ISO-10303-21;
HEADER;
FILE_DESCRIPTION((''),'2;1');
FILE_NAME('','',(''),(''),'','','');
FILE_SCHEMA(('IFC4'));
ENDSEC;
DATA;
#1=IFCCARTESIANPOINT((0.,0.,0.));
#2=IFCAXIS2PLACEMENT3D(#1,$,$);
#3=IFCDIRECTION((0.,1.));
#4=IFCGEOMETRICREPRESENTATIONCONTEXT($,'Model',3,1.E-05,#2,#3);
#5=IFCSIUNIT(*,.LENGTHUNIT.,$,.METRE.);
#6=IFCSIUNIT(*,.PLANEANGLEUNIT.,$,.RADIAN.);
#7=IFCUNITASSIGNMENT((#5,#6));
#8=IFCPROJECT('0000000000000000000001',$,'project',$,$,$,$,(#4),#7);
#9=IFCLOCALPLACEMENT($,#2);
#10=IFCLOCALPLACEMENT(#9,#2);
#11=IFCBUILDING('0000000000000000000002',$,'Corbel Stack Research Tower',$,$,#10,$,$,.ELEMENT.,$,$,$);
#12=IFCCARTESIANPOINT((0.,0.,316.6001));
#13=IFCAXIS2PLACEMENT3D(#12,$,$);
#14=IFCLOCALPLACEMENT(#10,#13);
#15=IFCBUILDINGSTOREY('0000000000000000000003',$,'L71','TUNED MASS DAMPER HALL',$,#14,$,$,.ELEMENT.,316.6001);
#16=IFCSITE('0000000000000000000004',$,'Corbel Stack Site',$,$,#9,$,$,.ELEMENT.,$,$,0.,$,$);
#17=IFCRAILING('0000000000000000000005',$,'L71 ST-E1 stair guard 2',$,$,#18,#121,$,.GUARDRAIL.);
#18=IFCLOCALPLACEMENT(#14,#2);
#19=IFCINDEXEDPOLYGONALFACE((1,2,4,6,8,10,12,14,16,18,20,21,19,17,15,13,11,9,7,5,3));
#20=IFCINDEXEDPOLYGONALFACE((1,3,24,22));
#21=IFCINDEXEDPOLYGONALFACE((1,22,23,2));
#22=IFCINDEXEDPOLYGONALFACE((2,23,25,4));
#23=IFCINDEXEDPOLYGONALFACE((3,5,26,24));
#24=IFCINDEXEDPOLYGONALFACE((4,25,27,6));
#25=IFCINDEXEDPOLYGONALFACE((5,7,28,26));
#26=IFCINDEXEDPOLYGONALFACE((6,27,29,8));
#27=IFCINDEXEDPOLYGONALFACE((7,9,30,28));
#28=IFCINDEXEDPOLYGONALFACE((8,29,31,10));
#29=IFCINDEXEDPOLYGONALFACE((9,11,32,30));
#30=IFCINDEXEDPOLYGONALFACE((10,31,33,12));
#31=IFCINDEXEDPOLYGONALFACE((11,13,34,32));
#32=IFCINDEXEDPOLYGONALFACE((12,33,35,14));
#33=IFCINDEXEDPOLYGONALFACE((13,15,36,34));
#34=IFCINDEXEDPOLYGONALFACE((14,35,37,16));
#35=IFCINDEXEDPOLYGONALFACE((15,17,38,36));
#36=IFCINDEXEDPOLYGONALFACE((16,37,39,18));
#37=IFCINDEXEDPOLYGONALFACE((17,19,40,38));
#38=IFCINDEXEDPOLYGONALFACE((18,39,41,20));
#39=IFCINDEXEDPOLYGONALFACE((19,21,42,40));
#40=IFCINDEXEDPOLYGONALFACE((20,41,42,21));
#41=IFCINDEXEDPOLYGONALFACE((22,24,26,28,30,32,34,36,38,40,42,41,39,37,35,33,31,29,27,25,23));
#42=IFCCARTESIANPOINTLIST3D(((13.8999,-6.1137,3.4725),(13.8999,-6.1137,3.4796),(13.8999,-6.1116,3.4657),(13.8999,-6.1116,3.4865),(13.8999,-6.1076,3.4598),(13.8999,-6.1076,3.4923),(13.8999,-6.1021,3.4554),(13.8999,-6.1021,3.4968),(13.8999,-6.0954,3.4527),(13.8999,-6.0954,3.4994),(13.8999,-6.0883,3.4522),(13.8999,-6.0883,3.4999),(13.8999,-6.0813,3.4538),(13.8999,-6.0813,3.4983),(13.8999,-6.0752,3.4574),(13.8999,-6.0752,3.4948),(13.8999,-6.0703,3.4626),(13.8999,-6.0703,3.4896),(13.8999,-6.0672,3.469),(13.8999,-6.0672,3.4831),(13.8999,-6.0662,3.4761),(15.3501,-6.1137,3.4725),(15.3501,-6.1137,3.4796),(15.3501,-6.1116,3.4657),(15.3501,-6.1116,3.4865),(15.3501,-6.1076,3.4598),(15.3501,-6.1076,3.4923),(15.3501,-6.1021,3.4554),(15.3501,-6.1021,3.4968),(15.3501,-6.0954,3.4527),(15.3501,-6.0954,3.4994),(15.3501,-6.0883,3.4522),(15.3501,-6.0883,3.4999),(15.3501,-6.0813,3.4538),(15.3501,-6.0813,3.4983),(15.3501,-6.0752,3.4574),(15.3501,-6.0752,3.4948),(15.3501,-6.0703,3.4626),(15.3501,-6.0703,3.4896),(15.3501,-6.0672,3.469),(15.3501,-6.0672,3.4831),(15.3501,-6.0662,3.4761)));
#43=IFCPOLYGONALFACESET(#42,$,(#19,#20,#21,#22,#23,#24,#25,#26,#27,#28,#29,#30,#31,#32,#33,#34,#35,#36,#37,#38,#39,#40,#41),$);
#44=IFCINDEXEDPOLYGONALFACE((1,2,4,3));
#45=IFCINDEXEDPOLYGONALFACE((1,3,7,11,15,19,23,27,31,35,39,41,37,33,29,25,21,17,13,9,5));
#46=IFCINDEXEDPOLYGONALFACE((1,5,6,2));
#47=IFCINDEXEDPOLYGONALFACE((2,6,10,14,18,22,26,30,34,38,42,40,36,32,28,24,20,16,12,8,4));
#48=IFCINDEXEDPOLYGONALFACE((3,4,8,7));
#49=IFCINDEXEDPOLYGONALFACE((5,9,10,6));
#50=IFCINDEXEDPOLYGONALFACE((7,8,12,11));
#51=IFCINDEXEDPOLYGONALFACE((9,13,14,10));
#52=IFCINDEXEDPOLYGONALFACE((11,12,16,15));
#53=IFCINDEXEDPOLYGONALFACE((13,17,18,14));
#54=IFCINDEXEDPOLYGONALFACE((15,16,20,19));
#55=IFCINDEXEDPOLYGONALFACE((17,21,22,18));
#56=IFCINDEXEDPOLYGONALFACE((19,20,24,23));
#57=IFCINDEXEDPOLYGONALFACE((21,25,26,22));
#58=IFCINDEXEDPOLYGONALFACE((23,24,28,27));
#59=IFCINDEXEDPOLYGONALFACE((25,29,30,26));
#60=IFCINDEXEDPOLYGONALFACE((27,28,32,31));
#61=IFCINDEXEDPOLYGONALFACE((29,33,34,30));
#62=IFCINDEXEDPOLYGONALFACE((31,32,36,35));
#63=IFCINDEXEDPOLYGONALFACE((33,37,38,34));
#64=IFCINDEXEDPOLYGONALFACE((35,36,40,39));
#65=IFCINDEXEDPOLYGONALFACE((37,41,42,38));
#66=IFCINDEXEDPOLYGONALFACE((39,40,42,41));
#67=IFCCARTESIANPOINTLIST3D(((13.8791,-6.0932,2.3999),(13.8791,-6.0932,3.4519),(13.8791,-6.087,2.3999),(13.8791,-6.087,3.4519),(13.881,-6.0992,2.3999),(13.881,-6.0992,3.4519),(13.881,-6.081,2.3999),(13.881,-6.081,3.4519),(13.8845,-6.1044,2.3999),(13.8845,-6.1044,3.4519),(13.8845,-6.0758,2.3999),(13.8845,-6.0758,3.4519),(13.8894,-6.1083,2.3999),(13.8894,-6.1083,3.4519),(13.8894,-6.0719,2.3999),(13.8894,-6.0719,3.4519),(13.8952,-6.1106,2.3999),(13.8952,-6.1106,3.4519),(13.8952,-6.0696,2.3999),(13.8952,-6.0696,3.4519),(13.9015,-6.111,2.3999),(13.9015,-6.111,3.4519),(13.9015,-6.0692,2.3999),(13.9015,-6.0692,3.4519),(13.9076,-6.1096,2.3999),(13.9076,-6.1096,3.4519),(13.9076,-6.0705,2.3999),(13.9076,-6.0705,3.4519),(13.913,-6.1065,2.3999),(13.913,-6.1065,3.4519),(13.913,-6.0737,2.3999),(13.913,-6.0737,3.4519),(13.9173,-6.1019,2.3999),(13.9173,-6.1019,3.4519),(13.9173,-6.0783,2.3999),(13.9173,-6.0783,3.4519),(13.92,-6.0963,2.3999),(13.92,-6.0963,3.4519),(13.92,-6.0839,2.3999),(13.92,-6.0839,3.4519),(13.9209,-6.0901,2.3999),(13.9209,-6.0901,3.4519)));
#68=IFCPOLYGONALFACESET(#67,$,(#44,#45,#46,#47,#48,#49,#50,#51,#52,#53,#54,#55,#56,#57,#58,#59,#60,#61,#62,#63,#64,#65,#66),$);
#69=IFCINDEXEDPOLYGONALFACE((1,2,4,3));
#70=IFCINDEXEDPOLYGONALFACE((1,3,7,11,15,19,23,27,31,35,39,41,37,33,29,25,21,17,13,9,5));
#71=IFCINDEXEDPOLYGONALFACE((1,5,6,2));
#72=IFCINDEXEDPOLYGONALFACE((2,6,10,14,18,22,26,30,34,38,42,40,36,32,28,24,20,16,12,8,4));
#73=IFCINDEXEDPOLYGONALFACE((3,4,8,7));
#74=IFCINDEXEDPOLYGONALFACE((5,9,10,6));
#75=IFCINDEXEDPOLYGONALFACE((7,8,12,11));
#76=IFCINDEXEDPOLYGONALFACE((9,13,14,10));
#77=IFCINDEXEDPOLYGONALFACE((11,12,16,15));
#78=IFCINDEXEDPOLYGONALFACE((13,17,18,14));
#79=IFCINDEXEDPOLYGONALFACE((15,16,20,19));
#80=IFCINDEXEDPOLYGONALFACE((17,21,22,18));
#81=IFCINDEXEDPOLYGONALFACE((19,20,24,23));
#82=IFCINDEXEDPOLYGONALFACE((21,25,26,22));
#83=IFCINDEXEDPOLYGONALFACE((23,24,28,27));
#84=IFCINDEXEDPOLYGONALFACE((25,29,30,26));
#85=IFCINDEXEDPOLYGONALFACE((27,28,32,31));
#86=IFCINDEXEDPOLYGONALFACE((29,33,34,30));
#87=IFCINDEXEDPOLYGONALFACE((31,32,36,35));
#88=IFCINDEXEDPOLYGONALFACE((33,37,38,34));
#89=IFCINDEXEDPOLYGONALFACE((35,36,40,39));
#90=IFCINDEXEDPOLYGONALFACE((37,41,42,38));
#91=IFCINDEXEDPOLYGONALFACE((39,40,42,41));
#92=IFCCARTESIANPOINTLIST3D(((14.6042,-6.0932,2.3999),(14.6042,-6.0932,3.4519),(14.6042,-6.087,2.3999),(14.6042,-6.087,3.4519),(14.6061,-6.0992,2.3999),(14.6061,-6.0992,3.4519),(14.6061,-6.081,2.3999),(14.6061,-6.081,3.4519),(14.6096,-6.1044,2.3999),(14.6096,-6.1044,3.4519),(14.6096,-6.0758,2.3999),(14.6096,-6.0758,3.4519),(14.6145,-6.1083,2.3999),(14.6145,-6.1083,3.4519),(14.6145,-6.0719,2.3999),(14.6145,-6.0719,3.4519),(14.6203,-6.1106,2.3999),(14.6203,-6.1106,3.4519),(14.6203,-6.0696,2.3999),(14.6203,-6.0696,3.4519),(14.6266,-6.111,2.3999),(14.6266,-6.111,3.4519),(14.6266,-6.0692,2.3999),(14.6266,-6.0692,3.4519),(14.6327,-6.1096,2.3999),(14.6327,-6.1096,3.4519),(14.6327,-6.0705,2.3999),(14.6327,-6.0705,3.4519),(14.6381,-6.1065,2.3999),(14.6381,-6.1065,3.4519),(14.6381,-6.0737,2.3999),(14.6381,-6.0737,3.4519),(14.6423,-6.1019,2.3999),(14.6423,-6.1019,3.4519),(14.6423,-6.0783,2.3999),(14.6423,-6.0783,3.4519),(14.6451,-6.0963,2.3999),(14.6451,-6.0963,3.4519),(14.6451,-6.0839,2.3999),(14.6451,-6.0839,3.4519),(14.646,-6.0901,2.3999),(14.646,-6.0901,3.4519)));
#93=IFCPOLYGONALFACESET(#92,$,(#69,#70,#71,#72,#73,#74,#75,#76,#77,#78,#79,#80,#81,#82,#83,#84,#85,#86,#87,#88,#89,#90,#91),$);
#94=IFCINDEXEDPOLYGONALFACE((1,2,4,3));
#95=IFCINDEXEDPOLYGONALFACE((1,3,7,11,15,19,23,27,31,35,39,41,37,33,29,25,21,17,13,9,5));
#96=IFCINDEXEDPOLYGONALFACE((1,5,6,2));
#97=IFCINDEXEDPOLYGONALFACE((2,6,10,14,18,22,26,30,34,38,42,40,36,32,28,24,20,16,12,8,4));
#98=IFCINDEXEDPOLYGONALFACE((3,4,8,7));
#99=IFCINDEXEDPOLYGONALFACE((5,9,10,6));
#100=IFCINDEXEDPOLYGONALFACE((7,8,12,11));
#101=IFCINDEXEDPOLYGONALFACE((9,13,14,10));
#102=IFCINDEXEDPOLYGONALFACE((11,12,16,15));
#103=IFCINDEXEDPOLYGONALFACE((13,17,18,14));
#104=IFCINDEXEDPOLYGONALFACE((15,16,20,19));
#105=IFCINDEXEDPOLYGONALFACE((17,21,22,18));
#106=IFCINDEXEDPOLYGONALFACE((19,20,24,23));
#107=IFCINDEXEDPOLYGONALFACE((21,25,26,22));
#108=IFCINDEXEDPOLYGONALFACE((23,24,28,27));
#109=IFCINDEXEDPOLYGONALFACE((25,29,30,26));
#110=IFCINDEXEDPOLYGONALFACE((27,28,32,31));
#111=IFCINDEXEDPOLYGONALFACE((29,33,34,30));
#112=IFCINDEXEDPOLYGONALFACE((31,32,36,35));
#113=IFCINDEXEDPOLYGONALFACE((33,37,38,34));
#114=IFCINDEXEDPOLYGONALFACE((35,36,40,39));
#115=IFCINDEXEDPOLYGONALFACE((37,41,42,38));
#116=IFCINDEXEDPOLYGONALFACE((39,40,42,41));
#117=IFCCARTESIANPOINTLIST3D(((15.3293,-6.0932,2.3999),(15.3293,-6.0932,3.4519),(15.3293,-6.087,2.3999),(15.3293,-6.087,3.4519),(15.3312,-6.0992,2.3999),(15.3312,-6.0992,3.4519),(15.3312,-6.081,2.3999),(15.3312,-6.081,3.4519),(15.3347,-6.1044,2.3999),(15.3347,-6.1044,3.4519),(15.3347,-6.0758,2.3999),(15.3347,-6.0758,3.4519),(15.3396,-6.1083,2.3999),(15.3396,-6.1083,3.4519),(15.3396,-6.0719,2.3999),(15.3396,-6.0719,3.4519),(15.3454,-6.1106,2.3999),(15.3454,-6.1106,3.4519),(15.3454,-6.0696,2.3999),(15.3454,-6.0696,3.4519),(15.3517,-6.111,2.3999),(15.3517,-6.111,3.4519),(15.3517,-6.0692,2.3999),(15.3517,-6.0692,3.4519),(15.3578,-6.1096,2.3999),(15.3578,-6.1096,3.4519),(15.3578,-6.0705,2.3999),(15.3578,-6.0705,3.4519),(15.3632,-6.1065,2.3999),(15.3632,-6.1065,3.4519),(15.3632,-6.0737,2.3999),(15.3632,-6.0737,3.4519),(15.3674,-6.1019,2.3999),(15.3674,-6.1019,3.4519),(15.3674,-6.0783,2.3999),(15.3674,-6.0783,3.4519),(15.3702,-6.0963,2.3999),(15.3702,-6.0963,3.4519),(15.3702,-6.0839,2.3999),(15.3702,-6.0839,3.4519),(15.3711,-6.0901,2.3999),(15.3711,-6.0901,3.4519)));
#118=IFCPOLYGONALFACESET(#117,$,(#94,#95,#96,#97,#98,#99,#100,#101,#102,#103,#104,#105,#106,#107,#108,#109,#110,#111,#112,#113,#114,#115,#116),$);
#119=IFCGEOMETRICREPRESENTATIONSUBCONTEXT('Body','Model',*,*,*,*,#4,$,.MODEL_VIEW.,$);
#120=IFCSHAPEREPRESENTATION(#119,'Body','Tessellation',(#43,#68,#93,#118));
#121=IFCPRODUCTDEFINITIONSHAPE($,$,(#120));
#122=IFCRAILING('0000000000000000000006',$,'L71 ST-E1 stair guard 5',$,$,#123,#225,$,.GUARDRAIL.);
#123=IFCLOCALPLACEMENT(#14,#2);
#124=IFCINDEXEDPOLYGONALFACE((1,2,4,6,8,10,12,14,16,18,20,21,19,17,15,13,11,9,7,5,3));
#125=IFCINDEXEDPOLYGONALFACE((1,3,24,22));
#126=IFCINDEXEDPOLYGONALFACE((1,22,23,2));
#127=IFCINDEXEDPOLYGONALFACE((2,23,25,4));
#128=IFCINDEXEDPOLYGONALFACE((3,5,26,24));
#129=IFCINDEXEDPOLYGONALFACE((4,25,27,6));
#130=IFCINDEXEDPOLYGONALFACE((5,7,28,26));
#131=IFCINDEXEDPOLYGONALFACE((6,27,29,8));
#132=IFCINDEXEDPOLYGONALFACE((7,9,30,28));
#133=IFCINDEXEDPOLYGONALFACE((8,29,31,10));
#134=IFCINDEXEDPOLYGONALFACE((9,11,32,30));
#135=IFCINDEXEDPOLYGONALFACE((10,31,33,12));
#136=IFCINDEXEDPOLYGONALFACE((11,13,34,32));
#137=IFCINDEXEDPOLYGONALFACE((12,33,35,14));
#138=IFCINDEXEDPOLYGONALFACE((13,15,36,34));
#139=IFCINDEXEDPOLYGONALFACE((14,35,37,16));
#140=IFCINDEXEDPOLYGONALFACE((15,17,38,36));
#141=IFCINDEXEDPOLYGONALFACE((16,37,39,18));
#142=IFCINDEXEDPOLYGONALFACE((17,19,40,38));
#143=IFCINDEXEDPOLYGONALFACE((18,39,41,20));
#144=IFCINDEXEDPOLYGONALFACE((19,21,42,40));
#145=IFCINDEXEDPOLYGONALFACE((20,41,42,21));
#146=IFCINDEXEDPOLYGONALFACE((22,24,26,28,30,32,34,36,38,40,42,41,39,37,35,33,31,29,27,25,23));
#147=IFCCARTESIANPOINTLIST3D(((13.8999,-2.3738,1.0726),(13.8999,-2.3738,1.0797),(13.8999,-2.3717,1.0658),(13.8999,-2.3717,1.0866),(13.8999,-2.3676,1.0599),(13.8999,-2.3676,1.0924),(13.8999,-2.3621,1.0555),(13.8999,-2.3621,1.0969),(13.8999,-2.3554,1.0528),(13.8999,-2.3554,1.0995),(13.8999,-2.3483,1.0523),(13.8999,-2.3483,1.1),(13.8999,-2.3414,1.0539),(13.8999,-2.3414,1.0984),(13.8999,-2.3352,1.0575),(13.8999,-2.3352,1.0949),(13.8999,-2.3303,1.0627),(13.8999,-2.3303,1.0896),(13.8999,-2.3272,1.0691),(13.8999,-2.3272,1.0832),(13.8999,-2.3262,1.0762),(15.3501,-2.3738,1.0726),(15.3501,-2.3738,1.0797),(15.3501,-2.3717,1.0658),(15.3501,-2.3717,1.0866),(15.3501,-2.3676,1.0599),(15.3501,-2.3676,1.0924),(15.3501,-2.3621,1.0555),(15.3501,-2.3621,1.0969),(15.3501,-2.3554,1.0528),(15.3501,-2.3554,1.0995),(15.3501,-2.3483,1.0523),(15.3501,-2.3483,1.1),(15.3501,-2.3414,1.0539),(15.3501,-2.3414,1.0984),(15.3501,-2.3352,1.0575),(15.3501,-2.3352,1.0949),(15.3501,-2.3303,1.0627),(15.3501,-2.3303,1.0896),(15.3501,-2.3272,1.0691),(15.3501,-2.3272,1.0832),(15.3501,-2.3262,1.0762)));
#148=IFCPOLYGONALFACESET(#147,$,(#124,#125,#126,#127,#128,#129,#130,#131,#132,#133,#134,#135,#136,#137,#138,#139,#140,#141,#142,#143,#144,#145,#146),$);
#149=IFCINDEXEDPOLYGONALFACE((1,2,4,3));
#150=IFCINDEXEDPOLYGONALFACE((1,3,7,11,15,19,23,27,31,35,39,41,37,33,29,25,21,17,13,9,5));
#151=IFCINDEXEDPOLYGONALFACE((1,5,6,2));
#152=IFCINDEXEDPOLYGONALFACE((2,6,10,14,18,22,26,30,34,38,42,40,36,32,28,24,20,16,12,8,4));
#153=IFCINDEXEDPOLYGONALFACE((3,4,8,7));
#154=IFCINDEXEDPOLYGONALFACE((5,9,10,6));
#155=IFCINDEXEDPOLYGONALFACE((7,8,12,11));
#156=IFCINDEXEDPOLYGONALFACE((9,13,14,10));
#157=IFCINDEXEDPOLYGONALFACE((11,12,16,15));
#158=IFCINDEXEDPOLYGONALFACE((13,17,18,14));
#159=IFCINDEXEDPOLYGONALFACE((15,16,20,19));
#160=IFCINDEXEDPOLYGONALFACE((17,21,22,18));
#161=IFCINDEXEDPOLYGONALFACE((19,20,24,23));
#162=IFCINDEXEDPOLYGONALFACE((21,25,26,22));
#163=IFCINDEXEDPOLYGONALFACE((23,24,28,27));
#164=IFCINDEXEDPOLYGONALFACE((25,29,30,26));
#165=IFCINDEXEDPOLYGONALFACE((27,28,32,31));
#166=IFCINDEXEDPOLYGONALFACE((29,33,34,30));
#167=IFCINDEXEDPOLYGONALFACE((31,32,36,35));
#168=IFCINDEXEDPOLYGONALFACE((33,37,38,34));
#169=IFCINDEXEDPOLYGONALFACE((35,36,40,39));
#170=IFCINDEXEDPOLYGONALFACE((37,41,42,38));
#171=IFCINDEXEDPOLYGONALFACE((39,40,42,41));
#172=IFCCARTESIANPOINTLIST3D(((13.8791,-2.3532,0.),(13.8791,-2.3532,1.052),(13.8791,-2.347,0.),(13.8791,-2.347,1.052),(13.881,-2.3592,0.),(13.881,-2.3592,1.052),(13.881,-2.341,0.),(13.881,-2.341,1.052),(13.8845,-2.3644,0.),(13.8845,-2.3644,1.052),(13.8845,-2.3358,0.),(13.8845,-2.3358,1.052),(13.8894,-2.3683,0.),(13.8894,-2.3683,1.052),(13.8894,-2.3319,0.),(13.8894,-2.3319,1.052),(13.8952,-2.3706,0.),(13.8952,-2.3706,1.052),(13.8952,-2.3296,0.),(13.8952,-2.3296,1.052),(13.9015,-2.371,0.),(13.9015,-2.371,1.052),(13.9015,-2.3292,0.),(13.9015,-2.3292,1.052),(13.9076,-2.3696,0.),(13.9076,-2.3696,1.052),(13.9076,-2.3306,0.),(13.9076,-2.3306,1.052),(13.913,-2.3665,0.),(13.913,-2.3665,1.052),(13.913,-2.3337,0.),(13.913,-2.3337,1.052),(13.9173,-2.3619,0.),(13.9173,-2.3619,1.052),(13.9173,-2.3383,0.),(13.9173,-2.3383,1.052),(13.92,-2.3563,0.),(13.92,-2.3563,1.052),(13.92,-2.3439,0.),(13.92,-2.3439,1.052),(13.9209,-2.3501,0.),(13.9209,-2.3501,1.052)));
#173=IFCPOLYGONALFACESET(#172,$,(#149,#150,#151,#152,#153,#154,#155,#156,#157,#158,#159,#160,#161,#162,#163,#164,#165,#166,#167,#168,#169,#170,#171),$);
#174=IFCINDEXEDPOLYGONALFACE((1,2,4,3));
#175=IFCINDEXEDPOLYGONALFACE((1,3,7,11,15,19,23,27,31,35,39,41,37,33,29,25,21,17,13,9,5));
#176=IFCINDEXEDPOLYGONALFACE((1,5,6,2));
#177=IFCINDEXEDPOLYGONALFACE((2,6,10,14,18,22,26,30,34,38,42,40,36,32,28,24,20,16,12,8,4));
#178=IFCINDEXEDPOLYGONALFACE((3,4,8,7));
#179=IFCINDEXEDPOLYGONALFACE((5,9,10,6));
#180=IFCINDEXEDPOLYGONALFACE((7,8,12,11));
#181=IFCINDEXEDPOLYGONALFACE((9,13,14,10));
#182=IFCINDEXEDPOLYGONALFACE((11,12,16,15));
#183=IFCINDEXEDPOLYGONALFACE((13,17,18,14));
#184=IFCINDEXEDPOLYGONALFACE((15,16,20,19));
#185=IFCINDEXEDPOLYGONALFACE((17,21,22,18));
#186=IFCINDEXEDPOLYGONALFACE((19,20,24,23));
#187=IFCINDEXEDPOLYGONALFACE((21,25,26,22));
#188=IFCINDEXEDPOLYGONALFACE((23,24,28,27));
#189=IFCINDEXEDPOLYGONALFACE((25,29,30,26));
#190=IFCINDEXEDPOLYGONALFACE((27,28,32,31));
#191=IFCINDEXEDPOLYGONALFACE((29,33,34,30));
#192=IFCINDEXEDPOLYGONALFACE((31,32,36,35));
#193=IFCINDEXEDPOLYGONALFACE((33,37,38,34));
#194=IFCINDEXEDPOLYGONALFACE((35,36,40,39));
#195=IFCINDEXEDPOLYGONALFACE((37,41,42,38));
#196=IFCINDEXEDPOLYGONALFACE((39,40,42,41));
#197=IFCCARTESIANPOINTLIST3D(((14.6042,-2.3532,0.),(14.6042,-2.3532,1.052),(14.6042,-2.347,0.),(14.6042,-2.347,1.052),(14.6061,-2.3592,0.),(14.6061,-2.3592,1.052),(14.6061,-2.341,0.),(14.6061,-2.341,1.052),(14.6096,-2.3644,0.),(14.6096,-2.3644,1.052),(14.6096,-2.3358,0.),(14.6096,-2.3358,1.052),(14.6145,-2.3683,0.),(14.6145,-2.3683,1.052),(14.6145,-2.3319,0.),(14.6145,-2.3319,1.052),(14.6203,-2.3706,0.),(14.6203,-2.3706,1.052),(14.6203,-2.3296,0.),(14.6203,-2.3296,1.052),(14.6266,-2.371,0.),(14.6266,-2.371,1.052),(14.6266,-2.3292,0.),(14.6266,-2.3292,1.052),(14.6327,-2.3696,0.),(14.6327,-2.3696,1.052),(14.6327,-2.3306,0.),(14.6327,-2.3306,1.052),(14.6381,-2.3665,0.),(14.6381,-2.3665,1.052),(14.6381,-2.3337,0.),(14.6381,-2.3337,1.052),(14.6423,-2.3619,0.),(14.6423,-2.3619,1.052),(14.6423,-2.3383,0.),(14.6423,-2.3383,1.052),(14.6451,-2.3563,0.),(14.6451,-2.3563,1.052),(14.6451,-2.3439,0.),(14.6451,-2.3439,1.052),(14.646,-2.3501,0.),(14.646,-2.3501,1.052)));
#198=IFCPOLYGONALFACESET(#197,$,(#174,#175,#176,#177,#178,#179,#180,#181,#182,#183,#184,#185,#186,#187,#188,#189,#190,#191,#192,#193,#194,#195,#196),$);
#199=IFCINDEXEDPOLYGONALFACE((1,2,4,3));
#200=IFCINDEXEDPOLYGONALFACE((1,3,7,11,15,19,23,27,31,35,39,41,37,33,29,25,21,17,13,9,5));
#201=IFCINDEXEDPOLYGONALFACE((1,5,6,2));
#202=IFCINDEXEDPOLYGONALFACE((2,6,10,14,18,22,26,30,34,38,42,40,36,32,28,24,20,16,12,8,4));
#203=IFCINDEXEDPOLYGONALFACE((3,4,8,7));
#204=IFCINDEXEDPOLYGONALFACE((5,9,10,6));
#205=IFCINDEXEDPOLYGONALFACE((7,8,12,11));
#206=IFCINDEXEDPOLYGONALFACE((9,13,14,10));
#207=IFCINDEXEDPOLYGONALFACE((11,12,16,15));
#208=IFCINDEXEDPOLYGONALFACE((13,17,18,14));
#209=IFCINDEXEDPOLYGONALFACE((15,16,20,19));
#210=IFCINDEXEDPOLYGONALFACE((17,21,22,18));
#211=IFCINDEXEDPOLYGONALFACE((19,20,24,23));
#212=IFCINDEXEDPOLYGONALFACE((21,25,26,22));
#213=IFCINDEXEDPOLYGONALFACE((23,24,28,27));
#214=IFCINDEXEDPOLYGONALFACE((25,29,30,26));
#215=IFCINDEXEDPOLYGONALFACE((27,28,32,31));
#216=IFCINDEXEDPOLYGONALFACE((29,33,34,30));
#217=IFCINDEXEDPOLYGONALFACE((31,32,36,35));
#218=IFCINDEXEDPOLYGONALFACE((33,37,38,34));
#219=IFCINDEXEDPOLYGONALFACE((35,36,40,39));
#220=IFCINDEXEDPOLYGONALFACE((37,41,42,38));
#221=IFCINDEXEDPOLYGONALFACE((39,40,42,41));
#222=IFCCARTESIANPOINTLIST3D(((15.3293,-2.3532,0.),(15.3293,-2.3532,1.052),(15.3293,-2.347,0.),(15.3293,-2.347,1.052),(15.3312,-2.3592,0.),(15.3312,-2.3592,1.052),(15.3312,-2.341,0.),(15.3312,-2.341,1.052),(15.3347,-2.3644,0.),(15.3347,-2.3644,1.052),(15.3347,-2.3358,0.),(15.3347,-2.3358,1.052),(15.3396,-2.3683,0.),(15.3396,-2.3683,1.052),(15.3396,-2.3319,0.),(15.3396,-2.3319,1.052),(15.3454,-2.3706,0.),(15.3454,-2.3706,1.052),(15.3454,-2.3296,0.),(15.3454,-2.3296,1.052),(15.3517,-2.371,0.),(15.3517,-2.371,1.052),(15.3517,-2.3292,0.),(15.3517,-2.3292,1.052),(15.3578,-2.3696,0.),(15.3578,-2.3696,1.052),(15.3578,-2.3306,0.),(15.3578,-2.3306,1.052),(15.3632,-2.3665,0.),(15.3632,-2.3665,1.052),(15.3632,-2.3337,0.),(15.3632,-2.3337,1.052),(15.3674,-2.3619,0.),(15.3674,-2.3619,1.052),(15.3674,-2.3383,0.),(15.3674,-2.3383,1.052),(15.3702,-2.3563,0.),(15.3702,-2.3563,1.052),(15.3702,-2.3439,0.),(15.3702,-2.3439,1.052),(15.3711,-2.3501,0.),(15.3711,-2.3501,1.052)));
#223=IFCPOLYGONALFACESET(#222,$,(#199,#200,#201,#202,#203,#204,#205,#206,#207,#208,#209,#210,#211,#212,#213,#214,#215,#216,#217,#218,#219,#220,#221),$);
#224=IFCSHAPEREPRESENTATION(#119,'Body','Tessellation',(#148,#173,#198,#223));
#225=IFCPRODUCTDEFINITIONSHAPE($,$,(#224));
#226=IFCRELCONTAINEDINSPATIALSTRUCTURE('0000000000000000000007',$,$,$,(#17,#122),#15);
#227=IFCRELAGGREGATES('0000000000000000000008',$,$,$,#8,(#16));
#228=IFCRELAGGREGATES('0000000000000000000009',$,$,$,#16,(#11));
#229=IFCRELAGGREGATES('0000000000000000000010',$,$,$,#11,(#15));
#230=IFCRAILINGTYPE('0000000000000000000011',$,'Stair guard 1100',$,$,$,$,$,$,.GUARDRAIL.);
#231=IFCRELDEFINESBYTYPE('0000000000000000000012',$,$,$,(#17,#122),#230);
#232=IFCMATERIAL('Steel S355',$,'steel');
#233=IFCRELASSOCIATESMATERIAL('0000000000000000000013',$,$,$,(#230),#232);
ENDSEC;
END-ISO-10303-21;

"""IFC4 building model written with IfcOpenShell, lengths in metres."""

from ifc_helpers import new_model, si_unit, direction, frame, origin, origin_2d, place, context, subcontext, project, spatial, circle, extrude, material, type_object, element, save


model = new_model("IFC4")

# Units and contexts
model_context = context("Model", 3, precision=1e-05, world=origin(), true_north=direction((0.0, 1.0)))
body_context = subcontext(model_context, "Body", "Model", "MODEL_VIEW")
ifc_project = project(units=[si_unit("LENGTHUNIT", "METRE"), si_unit("PLANEANGLEUNIT", "RADIAN")], contexts=[model_context])

# Site, building, storey
site_placement = place(None, origin())
site = spatial("IfcSite", under=ifc_project, at=site_placement, Name="Corbel Stack Site", CompositionType="ELEMENT", RefElevation=0.0)
building_placement = place(site_placement, origin())
building = spatial("IfcBuilding", under=site, at=building_placement, Name="Corbel Stack Research Tower", CompositionType="ELEMENT")
storey_placement = place(building_placement, frame((0.0, 0.0, 316.6001)))
storey = spatial("IfcBuildingStorey", under=building, at=storey_placement, Name="L71", Description="TUNED MASS DAMPER HALL", CompositionType="ELEMENT", Elevation=316.6001)

# Railings
ifc_material_1 = material(Name="Steel S355", Category="steel")
railing_type_1 = type_object("IfcRailingType", Name="Stair guard 1100", PredefinedType="GUARDRAIL", material=ifc_material_1)
for number, where, name in (
    (1, (13.8999, -6.0901, 2.3999), "L71 ST-E1 stair guard 2"),
    (2, (13.8999, -2.3501, 0.0), "L71 ST-E1 stair guard 5"),
):
    element("IfcRailing", number, at=place(storey_placement, frame(where)), inside=storey, type_object=railing_type_1, Name=name, PredefinedType="GUARDRAIL", context=body_context, shape_type="SweptSolid", body=[
        extrude(circle(Radius=0.0239, at=origin_2d()), frame((0.0, 0.0, 1.0762), z_axis=(1.0, 0.0, 0.0), x_axis=(0.0, 1.0, 0.0)), (0.0, 0.0, 1.0), 1.4502),
        extrude(circle(Radius=0.021, at=origin_2d()), origin(), (0.0, 0.0, 1.0), 1.052),
        extrude(circle(Radius=0.021, at=origin_2d()), frame((0.7251, 0.0, 0.0)), (0.0, 0.0, 1.0), 1.052),
        extrude(circle(Radius=0.021, at=origin_2d()), frame((1.4502, 0.0, 0.0)), (0.0, 0.0, 1.0), 1.052),
    ])

save(model, "model.ifc")
